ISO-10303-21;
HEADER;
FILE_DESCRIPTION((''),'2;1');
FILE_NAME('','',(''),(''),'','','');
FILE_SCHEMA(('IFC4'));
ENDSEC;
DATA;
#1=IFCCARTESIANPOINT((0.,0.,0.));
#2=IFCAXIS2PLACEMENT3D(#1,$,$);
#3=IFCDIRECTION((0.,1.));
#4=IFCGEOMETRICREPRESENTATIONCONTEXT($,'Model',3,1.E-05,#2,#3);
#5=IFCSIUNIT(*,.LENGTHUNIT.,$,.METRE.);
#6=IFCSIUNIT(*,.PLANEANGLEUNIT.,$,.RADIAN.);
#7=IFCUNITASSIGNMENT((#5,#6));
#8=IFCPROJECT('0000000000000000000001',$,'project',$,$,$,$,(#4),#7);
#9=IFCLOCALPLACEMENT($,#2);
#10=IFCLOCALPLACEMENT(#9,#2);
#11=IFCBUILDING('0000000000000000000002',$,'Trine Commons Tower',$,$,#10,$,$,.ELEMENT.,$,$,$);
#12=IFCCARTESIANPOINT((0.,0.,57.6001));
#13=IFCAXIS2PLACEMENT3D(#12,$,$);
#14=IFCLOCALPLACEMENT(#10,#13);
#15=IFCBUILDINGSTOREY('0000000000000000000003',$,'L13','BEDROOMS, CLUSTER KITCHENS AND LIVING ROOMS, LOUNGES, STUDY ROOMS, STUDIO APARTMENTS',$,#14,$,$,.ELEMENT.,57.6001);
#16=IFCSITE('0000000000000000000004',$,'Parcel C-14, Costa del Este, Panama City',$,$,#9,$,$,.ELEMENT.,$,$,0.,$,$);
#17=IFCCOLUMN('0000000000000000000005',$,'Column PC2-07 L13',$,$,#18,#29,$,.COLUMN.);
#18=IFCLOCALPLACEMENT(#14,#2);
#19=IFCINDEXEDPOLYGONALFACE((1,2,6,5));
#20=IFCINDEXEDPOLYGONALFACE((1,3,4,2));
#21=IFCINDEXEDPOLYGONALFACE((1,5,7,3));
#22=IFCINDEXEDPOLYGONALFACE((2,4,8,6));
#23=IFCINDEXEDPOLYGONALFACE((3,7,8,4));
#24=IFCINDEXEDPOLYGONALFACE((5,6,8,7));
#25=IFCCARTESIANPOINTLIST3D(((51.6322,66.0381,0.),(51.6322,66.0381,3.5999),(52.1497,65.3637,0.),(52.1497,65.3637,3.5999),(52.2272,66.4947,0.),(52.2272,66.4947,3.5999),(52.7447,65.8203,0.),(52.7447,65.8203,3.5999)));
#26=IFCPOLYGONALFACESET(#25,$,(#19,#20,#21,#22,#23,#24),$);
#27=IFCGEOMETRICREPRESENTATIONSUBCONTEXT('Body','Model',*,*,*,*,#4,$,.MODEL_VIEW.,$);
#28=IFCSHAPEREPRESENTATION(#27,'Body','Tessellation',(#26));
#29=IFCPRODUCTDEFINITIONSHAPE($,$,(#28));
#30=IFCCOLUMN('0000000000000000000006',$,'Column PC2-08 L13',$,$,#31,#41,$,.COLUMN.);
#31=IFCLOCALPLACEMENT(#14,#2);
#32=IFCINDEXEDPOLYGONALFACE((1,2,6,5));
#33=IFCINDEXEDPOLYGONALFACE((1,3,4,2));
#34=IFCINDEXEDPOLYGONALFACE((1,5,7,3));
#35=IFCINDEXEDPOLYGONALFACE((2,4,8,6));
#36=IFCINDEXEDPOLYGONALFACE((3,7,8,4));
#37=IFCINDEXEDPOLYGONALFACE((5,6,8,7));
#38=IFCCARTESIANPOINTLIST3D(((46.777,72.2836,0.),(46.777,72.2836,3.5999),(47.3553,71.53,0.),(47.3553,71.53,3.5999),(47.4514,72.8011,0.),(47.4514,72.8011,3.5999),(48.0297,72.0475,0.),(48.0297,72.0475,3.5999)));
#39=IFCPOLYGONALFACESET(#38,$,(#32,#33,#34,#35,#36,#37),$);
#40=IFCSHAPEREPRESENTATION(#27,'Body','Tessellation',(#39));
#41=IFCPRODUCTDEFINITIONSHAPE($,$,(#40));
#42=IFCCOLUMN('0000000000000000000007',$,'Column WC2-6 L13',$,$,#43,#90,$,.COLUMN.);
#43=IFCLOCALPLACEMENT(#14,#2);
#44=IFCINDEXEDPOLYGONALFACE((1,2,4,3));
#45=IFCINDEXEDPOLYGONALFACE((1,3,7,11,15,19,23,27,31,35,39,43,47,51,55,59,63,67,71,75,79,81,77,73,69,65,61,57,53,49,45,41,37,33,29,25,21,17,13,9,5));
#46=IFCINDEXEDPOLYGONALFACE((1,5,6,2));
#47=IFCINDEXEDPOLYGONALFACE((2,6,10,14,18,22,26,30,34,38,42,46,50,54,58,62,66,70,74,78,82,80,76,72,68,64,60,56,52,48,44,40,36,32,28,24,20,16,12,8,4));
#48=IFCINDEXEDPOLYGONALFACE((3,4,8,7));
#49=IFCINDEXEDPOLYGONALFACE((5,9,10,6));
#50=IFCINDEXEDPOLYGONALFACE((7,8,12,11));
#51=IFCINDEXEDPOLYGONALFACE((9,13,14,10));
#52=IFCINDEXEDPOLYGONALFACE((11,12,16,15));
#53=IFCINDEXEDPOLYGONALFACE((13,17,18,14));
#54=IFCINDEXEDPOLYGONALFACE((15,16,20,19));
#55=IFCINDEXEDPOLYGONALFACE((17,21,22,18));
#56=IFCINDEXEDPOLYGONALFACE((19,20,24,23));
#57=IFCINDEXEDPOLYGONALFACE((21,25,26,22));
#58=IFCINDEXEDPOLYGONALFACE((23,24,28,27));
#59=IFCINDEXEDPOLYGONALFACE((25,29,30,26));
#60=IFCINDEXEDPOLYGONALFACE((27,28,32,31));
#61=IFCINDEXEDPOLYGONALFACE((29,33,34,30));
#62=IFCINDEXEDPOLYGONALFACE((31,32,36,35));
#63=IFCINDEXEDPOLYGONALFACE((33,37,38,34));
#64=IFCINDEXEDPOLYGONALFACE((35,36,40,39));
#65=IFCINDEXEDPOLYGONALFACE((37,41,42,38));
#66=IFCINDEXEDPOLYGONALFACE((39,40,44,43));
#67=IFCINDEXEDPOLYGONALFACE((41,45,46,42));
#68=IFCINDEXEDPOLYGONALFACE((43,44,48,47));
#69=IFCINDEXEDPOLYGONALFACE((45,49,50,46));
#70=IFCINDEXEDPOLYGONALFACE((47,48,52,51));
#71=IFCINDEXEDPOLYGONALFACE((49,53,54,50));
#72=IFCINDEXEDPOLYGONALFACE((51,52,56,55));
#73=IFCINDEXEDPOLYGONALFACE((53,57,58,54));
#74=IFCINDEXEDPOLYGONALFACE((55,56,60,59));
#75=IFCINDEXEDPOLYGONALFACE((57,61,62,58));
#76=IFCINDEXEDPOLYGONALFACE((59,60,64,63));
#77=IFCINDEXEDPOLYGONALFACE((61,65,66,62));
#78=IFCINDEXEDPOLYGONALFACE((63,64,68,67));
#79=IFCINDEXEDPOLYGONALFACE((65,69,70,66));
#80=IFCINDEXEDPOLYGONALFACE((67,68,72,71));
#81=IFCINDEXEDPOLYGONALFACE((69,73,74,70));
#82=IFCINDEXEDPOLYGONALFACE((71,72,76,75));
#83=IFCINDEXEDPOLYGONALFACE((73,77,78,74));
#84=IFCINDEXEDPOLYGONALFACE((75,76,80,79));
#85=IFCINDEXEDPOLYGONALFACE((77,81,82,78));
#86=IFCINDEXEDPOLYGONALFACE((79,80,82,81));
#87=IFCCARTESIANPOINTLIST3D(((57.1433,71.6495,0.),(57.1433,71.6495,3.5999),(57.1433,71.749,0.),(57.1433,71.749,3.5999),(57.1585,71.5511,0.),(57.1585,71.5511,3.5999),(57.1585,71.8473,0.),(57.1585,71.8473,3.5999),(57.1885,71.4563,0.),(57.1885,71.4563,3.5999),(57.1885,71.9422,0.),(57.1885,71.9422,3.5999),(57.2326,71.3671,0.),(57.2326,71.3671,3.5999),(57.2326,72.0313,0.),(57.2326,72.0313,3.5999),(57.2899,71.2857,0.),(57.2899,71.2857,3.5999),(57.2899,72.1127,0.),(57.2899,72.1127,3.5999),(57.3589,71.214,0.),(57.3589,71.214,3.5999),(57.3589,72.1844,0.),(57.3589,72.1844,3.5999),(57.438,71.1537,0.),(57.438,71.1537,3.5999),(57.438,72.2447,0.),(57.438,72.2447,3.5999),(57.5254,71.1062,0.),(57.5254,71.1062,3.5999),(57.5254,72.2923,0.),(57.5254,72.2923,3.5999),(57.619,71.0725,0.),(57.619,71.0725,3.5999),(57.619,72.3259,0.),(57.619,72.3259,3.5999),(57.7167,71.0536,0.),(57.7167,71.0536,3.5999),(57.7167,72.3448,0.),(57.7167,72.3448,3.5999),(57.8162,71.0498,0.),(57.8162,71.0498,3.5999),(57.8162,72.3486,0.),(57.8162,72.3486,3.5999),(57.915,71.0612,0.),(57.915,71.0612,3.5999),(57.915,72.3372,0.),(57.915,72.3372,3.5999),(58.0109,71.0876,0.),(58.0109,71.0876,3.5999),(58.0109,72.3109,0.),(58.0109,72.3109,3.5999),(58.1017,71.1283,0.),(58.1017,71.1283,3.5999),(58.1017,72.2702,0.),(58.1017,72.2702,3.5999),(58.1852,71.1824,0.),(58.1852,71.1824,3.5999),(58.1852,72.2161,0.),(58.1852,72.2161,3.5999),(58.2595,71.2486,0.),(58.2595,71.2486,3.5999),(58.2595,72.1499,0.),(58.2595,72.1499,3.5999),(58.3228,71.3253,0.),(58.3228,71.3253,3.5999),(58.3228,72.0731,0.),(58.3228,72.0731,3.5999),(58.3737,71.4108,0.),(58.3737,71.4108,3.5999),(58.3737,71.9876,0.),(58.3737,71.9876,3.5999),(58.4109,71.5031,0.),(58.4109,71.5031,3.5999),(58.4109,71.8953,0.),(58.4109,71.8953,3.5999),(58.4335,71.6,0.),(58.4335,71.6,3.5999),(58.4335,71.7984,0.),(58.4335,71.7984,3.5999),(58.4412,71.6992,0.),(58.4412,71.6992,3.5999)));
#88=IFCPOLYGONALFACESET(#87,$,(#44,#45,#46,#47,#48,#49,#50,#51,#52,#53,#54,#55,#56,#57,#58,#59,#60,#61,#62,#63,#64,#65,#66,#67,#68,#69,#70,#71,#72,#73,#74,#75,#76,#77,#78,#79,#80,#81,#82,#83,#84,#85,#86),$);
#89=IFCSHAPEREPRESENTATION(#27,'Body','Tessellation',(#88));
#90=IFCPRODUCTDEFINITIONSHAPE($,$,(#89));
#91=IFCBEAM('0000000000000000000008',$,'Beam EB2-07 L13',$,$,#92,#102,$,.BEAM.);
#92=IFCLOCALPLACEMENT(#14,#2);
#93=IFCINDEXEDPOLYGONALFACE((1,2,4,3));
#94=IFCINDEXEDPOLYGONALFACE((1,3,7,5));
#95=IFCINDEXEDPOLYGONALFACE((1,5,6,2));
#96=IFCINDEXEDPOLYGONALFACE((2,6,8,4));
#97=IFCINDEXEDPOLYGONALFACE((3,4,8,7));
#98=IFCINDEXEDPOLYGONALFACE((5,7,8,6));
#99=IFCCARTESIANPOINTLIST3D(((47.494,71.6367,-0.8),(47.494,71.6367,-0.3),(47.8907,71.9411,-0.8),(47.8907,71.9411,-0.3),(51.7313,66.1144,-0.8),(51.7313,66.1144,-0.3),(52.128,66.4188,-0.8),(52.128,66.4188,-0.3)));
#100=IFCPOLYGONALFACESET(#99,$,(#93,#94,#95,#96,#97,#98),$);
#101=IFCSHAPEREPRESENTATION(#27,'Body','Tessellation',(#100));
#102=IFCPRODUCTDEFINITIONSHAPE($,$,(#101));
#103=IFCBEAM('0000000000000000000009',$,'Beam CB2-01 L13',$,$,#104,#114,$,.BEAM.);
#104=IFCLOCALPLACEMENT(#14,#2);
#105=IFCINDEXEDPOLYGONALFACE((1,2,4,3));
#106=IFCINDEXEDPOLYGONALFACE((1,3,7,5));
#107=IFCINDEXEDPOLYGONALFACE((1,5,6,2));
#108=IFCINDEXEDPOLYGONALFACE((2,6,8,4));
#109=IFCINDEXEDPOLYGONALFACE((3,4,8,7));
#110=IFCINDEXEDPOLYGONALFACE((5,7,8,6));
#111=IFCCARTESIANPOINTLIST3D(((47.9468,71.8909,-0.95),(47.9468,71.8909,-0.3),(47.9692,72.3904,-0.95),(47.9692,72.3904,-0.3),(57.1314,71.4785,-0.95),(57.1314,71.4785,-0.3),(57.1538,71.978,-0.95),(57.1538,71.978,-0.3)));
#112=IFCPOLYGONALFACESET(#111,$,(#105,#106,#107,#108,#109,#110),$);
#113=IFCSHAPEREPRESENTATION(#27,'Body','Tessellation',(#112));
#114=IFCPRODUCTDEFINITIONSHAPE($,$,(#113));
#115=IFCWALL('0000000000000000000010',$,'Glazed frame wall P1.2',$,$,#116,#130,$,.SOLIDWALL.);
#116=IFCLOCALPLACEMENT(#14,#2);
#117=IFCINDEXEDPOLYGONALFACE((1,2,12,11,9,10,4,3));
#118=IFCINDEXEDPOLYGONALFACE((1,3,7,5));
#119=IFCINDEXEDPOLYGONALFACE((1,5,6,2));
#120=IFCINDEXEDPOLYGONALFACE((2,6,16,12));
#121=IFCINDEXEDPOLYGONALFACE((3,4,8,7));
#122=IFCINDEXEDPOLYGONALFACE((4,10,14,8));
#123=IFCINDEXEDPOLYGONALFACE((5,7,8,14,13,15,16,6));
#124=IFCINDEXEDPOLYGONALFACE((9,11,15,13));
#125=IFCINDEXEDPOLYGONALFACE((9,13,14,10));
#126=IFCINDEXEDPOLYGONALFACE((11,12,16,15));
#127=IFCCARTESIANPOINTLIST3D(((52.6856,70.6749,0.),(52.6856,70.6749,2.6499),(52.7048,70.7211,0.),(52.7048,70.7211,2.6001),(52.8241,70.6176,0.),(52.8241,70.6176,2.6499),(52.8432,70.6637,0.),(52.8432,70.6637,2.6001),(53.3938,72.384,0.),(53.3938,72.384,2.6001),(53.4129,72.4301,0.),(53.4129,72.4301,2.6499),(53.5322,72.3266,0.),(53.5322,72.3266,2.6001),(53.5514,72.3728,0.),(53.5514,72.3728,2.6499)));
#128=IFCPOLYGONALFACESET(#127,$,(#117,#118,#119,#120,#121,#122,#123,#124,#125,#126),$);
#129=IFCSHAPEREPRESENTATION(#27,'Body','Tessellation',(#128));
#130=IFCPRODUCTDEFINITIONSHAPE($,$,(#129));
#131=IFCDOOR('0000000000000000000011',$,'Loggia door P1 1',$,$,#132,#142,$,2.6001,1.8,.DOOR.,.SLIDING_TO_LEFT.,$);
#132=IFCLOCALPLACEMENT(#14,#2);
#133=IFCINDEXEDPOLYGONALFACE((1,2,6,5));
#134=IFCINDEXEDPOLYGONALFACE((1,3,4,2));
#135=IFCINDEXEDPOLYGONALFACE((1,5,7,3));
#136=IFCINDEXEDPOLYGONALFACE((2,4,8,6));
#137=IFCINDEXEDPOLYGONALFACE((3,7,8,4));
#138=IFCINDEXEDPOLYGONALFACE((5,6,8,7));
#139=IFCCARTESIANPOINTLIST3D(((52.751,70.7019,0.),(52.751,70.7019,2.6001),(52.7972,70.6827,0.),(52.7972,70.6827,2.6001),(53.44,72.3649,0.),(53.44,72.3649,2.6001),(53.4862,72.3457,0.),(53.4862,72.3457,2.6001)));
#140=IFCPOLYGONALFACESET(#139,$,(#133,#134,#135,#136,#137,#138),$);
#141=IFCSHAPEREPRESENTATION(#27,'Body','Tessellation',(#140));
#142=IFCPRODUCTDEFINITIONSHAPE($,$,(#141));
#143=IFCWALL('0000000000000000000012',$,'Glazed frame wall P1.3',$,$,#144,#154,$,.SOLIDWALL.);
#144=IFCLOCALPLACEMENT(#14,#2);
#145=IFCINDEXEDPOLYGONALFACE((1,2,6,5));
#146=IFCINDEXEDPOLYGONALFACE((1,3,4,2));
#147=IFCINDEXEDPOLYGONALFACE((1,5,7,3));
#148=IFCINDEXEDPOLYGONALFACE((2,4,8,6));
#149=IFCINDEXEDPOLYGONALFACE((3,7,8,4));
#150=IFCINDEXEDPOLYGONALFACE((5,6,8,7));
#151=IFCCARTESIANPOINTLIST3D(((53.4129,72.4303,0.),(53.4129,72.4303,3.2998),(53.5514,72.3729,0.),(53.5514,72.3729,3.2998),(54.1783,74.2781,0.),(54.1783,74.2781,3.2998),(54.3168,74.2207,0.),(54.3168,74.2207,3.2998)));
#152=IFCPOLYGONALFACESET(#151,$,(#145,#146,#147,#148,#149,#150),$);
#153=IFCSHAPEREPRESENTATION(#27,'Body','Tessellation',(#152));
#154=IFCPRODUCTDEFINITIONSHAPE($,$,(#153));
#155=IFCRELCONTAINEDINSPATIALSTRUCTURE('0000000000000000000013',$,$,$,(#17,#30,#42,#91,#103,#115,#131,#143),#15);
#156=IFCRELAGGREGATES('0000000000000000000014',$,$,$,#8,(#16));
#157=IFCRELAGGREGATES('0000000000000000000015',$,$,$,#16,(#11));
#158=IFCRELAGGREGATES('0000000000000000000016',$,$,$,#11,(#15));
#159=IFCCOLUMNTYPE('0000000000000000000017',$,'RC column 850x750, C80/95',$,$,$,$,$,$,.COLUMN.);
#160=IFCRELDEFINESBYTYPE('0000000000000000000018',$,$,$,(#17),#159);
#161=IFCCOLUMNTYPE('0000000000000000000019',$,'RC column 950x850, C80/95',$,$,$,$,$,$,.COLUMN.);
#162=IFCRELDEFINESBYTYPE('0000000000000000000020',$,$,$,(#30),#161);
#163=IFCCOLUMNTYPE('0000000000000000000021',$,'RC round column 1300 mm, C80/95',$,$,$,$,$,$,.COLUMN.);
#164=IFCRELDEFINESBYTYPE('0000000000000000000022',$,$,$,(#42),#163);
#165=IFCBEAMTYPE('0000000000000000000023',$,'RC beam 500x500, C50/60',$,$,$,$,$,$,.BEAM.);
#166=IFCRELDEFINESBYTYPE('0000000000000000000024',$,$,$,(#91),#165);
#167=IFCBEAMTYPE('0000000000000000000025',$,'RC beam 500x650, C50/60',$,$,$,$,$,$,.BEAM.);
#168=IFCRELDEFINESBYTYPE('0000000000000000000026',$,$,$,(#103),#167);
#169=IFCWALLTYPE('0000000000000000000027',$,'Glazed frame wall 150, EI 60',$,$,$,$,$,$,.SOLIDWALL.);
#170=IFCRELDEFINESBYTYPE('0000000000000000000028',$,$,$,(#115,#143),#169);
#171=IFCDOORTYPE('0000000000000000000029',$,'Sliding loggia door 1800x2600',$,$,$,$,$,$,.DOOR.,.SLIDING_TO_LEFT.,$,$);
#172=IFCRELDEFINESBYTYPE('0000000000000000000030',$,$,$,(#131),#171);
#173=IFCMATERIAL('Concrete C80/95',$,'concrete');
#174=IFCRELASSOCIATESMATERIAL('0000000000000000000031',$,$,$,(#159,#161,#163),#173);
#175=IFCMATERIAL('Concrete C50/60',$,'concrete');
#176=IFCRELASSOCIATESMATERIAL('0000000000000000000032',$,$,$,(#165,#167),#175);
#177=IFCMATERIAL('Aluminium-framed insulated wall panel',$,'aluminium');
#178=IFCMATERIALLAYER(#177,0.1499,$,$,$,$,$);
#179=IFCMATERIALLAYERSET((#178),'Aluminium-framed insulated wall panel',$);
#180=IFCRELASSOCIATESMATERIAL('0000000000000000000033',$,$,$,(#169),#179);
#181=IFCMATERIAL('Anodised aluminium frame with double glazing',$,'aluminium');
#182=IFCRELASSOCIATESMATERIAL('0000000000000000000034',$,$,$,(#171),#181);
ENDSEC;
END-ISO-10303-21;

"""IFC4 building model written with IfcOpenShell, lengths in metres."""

from ifc_helpers import new_model, si_unit, direction, frame, frame_2d, origin, origin_2d, place, context, subcontext, project, spatial, polyline, rectangle, circle, outline, extrude, material, layer, layer_set, material_profile, profile_set, type_object, element, fill, save


model = new_model("IFC4")

# Units and contexts
model_context = context("Model", 3, precision=1e-05, world=origin(), true_north=direction((0.0, 1.0)))
body_context = subcontext(model_context, "Body", "Model", "MODEL_VIEW")
ifc_project = project(units=[si_unit("LENGTHUNIT", "METRE"), si_unit("PLANEANGLEUNIT", "RADIAN")], contexts=[model_context])

# Site, building, storey
site_placement = place(None, origin())
site = spatial("IfcSite", under=ifc_project, at=site_placement, Name="Parcel C-14, Costa del Este, Panama City", CompositionType="ELEMENT", RefElevation=0.0)
building_placement = place(site_placement, origin())
building = spatial("IfcBuilding", under=site, at=building_placement, Name="Trine Commons Tower", CompositionType="ELEMENT")
storey_placement = place(building_placement, frame((0.0, 0.0, 57.6001)))
storey = spatial("IfcBuildingStorey", under=building, at=storey_placement, Name="L13", Description="BEDROOMS, CLUSTER KITCHENS AND LIVING ROOMS, LOUNGES, STUDY ROOMS, STUDIO APARTMENTS", CompositionType="ELEMENT", Elevation=57.6001)

# Columns
ifc_material_1 = material(Name="Concrete C80/95", Category="concrete")
ifc_material_profile_1 = material_profile(ifc_material_1, rectangle(XDim=0.8501, YDim=0.75, at=origin_2d()), Name="RC 850x750")
ifc_profile_set_1 = profile_set([ifc_material_profile_1], Name="Concrete C80/95")
column_type_1 = type_object("IfcColumnType", Name="RC column 850x750, C80/95", PredefinedType="COLUMN", material=ifc_profile_set_1)
column_1_placement = place(storey_placement, frame((52.1885, 65.9292, 0.0), z_axis=(0.0, 0.0, 1.0), x_axis=(-0.608761, 0.793353, 0.0)))
element("IfcColumn", 1, at=column_1_placement, inside=storey, type_object=column_type_1, Name="Column PC2-07 L13", PredefinedType="COLUMN", context=body_context, shape_type="SweptSolid", body=[
    extrude(rectangle(XDim=0.8501, YDim=0.75, at=origin_2d()), origin(), (0.0, 0.0, 1.0), 3.5999),
])
ifc_material_profile_2 = material_profile(ifc_material_1, rectangle(XDim=0.95, YDim=0.8501, at=origin_2d()), Name="RC 950x850")
ifc_profile_set_2 = profile_set([ifc_material_profile_2], Name="Concrete C80/95")
column_type_2 = type_object("IfcColumnType", Name="RC column 950x850, C80/95", PredefinedType="COLUMN", material=ifc_profile_set_2)
column_2_placement = place(storey_placement, frame((47.4033, 72.1655, 0.0), z_axis=(0.0, 0.0, 1.0), x_axis=(-0.608761, 0.793353, 0.0)))
element("IfcColumn", 2, at=column_2_placement, inside=storey, type_object=column_type_2, Name="Column PC2-08 L13", PredefinedType="COLUMN", context=body_context, shape_type="SweptSolid", body=[
    extrude(rectangle(XDim=0.95, YDim=0.8501, at=origin_2d()), origin(), (0.0, 0.0, 1.0), 3.5999),
])
ifc_material_profile_3 = material_profile(ifc_material_1, circle(Radius=0.6499, at=origin_2d()), Name="RC round 1300")
ifc_profile_set_3 = profile_set([ifc_material_profile_3], Name="Concrete C80/95")
column_type_3 = type_object("IfcColumnType", Name="RC round column 1300 mm, C80/95", PredefinedType="COLUMN", material=ifc_profile_set_3)
column_3_placement = place(storey_placement, frame((57.7913, 71.6992, 0.0), z_axis=(0.0, 0.0, 1.0), x_axis=(1.0, 0.0, 0.0)))
element("IfcColumn", 3, at=column_3_placement, inside=storey, type_object=column_type_3, Name="Column WC2-6 L13", PredefinedType="COLUMN", context=body_context, shape_type="SweptSolid", body=[
    extrude(circle(Radius=0.6499, at=origin_2d()), origin(), (0.0, 0.0, 1.0), 3.5999),
])

# Beams
ifc_material_2 = material(Name="Concrete C50/60", Category="concrete")
ifc_material_profile_4 = material_profile(ifc_material_2, rectangle(XDim=0.5, YDim=0.5, at=origin_2d()), Name="RC 500x500")
ifc_profile_set_4 = profile_set([ifc_material_profile_4], Name="Concrete C50/60")
beam_type_1 = type_object("IfcBeamType", Name="RC beam 500x500, C50/60", PredefinedType="BEAM", material=ifc_profile_set_4)
beam_1_placement = place(storey_placement, frame((51.9297, 66.2666, -0.55), z_axis=(-0.608758, 0.793356, 0.0), x_axis=(-0.793356, -0.608758, 0.0)))
element("IfcBeam", 4, at=beam_1_placement, inside=storey, type_object=beam_type_1, Name="Beam EB2-07 L13", PredefinedType="BEAM", context=body_context, shape_type="SweptSolid", body=[
    extrude(rectangle(XDim=0.5, YDim=0.5, at=origin_2d()), origin(), (0.0, 0.0, 1.0), 6.9607),
])
ifc_material_profile_5 = material_profile(ifc_material_2, rectangle(XDim=0.5, YDim=0.6499, at=origin_2d()), Name="RC 500x650")
ifc_profile_set_5 = profile_set([ifc_material_profile_5], Name="Concrete C50/60")
beam_type_2 = type_object("IfcBeamType", Name="RC beam 500x650, C50/60", PredefinedType="BEAM", material=ifc_profile_set_5)
beam_2_placement = place(storey_placement, frame((47.958, 72.1406, -0.625), z_axis=(0.998994, -0.044851, 0.0), x_axis=(0.044851, 0.998994, 0.0)))
element("IfcBeam", 5, at=beam_2_placement, inside=storey, type_object=beam_type_2, Name="Beam CB2-01 L13", PredefinedType="BEAM", context=body_context, shape_type="SweptSolid", body=[
    extrude(rectangle(XDim=0.5, YDim=0.6499, at=origin_2d()), origin(), (0.0, 0.0, 1.0), 9.1938),
])

# Shared definitions
ifc_material_3 = material(Name="Aluminium-framed insulated wall panel", Category="aluminium")
ifc_layer_1 = layer(ifc_material_3, 0.1499)
ifc_layer_set_1 = layer_set([ifc_layer_1], Name="Aluminium-framed insulated wall panel")
wall_type_1 = type_object("IfcWallType", Name="Glazed frame wall 150, EI 60", PredefinedType="SOLIDWALL", material=ifc_layer_set_1)

# Wall, opening, door
wall_1_placement = place(storey_placement, frame((52.7549, 70.6462, 0.0), z_axis=(0.0, 0.0, 1.0), x_axis=(0.382772, 0.923843, 0.0)))
wall_1 = element("IfcWall", 6, at=wall_1_placement, inside=storey, type_object=wall_type_1, Name="Glazed frame wall P1.2", PredefinedType="SOLIDWALL", context=body_context, shape_type="SweptSolid", body=[
    extrude(outline(polyline([(0.0, -0.075), (1.8999, -0.075), (1.8999, 0.075), (0.0, 0.075), (0.0, -0.075)])), origin(), (0.0, 0.0, 1.0), 2.6499),
])
opening_1_placement = place(wall_1_placement, frame((0.05, 0.0, 0.0)))
opening_1 = element("IfcOpeningElement", 7, at=opening_1_placement, cuts=wall_1, PredefinedType="OPENING", context=body_context, shape_type="SweptSolid", body=[
    extrude(rectangle(XDim=1.8, YDim=2.6001, at=frame_2d((0.8999, 1.3))), frame((0.0, 0.085, 0.0), z_axis=(0.0, -1.0, 0.0), x_axis=(1.0, 0.0, 0.0)), (0.0, 0.0, 1.0), 0.1699),
])
ifc_material_4 = material(Name="Anodised aluminium frame with double glazing", Category="aluminium")
door_type_1 = type_object("IfcDoorType", Name="Sliding loggia door 1800x2600", OperationType="SLIDING_TO_LEFT", PredefinedType="DOOR", material=ifc_material_4)
door_1_placement = place(opening_1_placement, origin())
door_1 = element("IfcDoor", 8, at=door_1_placement, inside=storey, type_object=door_type_1, Name="Loggia door P1 1", OperationType="SLIDING_TO_LEFT", OverallHeight=2.6001, OverallWidth=1.8, PredefinedType="DOOR", context=body_context, shape_type="SweptSolid", body=[
    extrude(rectangle(XDim=1.8, YDim=2.6001, at=frame_2d((0.8999, 1.3))), frame((0.0, 0.0249, 0.0), z_axis=(0.0, -1.0, 0.0), x_axis=(1.0, 0.0, 0.0)), (0.0, 0.0, 1.0), 0.05),
])
fill(opening_1, door_1)

# Wall
wall_2_placement = place(storey_placement, frame((53.4822, 72.4016, 0.0), z_axis=(0.0, 0.0, 1.0), x_axis=(0.382664, 0.923887, 0.0)))
element("IfcWall", 9, at=wall_2_placement, inside=storey, type_object=wall_type_1, Name="Glazed frame wall P1.3", PredefinedType="SOLIDWALL", context=body_context, shape_type="SweptSolid", body=[
    extrude(outline(polyline([(0.0, -0.075), (2.0, -0.075), (2.0, 0.075), (0.0, 0.075), (0.0, -0.075)])), origin(), (0.0, 0.0, 1.0), 3.2998),
])

save(model, "model.ifc")
